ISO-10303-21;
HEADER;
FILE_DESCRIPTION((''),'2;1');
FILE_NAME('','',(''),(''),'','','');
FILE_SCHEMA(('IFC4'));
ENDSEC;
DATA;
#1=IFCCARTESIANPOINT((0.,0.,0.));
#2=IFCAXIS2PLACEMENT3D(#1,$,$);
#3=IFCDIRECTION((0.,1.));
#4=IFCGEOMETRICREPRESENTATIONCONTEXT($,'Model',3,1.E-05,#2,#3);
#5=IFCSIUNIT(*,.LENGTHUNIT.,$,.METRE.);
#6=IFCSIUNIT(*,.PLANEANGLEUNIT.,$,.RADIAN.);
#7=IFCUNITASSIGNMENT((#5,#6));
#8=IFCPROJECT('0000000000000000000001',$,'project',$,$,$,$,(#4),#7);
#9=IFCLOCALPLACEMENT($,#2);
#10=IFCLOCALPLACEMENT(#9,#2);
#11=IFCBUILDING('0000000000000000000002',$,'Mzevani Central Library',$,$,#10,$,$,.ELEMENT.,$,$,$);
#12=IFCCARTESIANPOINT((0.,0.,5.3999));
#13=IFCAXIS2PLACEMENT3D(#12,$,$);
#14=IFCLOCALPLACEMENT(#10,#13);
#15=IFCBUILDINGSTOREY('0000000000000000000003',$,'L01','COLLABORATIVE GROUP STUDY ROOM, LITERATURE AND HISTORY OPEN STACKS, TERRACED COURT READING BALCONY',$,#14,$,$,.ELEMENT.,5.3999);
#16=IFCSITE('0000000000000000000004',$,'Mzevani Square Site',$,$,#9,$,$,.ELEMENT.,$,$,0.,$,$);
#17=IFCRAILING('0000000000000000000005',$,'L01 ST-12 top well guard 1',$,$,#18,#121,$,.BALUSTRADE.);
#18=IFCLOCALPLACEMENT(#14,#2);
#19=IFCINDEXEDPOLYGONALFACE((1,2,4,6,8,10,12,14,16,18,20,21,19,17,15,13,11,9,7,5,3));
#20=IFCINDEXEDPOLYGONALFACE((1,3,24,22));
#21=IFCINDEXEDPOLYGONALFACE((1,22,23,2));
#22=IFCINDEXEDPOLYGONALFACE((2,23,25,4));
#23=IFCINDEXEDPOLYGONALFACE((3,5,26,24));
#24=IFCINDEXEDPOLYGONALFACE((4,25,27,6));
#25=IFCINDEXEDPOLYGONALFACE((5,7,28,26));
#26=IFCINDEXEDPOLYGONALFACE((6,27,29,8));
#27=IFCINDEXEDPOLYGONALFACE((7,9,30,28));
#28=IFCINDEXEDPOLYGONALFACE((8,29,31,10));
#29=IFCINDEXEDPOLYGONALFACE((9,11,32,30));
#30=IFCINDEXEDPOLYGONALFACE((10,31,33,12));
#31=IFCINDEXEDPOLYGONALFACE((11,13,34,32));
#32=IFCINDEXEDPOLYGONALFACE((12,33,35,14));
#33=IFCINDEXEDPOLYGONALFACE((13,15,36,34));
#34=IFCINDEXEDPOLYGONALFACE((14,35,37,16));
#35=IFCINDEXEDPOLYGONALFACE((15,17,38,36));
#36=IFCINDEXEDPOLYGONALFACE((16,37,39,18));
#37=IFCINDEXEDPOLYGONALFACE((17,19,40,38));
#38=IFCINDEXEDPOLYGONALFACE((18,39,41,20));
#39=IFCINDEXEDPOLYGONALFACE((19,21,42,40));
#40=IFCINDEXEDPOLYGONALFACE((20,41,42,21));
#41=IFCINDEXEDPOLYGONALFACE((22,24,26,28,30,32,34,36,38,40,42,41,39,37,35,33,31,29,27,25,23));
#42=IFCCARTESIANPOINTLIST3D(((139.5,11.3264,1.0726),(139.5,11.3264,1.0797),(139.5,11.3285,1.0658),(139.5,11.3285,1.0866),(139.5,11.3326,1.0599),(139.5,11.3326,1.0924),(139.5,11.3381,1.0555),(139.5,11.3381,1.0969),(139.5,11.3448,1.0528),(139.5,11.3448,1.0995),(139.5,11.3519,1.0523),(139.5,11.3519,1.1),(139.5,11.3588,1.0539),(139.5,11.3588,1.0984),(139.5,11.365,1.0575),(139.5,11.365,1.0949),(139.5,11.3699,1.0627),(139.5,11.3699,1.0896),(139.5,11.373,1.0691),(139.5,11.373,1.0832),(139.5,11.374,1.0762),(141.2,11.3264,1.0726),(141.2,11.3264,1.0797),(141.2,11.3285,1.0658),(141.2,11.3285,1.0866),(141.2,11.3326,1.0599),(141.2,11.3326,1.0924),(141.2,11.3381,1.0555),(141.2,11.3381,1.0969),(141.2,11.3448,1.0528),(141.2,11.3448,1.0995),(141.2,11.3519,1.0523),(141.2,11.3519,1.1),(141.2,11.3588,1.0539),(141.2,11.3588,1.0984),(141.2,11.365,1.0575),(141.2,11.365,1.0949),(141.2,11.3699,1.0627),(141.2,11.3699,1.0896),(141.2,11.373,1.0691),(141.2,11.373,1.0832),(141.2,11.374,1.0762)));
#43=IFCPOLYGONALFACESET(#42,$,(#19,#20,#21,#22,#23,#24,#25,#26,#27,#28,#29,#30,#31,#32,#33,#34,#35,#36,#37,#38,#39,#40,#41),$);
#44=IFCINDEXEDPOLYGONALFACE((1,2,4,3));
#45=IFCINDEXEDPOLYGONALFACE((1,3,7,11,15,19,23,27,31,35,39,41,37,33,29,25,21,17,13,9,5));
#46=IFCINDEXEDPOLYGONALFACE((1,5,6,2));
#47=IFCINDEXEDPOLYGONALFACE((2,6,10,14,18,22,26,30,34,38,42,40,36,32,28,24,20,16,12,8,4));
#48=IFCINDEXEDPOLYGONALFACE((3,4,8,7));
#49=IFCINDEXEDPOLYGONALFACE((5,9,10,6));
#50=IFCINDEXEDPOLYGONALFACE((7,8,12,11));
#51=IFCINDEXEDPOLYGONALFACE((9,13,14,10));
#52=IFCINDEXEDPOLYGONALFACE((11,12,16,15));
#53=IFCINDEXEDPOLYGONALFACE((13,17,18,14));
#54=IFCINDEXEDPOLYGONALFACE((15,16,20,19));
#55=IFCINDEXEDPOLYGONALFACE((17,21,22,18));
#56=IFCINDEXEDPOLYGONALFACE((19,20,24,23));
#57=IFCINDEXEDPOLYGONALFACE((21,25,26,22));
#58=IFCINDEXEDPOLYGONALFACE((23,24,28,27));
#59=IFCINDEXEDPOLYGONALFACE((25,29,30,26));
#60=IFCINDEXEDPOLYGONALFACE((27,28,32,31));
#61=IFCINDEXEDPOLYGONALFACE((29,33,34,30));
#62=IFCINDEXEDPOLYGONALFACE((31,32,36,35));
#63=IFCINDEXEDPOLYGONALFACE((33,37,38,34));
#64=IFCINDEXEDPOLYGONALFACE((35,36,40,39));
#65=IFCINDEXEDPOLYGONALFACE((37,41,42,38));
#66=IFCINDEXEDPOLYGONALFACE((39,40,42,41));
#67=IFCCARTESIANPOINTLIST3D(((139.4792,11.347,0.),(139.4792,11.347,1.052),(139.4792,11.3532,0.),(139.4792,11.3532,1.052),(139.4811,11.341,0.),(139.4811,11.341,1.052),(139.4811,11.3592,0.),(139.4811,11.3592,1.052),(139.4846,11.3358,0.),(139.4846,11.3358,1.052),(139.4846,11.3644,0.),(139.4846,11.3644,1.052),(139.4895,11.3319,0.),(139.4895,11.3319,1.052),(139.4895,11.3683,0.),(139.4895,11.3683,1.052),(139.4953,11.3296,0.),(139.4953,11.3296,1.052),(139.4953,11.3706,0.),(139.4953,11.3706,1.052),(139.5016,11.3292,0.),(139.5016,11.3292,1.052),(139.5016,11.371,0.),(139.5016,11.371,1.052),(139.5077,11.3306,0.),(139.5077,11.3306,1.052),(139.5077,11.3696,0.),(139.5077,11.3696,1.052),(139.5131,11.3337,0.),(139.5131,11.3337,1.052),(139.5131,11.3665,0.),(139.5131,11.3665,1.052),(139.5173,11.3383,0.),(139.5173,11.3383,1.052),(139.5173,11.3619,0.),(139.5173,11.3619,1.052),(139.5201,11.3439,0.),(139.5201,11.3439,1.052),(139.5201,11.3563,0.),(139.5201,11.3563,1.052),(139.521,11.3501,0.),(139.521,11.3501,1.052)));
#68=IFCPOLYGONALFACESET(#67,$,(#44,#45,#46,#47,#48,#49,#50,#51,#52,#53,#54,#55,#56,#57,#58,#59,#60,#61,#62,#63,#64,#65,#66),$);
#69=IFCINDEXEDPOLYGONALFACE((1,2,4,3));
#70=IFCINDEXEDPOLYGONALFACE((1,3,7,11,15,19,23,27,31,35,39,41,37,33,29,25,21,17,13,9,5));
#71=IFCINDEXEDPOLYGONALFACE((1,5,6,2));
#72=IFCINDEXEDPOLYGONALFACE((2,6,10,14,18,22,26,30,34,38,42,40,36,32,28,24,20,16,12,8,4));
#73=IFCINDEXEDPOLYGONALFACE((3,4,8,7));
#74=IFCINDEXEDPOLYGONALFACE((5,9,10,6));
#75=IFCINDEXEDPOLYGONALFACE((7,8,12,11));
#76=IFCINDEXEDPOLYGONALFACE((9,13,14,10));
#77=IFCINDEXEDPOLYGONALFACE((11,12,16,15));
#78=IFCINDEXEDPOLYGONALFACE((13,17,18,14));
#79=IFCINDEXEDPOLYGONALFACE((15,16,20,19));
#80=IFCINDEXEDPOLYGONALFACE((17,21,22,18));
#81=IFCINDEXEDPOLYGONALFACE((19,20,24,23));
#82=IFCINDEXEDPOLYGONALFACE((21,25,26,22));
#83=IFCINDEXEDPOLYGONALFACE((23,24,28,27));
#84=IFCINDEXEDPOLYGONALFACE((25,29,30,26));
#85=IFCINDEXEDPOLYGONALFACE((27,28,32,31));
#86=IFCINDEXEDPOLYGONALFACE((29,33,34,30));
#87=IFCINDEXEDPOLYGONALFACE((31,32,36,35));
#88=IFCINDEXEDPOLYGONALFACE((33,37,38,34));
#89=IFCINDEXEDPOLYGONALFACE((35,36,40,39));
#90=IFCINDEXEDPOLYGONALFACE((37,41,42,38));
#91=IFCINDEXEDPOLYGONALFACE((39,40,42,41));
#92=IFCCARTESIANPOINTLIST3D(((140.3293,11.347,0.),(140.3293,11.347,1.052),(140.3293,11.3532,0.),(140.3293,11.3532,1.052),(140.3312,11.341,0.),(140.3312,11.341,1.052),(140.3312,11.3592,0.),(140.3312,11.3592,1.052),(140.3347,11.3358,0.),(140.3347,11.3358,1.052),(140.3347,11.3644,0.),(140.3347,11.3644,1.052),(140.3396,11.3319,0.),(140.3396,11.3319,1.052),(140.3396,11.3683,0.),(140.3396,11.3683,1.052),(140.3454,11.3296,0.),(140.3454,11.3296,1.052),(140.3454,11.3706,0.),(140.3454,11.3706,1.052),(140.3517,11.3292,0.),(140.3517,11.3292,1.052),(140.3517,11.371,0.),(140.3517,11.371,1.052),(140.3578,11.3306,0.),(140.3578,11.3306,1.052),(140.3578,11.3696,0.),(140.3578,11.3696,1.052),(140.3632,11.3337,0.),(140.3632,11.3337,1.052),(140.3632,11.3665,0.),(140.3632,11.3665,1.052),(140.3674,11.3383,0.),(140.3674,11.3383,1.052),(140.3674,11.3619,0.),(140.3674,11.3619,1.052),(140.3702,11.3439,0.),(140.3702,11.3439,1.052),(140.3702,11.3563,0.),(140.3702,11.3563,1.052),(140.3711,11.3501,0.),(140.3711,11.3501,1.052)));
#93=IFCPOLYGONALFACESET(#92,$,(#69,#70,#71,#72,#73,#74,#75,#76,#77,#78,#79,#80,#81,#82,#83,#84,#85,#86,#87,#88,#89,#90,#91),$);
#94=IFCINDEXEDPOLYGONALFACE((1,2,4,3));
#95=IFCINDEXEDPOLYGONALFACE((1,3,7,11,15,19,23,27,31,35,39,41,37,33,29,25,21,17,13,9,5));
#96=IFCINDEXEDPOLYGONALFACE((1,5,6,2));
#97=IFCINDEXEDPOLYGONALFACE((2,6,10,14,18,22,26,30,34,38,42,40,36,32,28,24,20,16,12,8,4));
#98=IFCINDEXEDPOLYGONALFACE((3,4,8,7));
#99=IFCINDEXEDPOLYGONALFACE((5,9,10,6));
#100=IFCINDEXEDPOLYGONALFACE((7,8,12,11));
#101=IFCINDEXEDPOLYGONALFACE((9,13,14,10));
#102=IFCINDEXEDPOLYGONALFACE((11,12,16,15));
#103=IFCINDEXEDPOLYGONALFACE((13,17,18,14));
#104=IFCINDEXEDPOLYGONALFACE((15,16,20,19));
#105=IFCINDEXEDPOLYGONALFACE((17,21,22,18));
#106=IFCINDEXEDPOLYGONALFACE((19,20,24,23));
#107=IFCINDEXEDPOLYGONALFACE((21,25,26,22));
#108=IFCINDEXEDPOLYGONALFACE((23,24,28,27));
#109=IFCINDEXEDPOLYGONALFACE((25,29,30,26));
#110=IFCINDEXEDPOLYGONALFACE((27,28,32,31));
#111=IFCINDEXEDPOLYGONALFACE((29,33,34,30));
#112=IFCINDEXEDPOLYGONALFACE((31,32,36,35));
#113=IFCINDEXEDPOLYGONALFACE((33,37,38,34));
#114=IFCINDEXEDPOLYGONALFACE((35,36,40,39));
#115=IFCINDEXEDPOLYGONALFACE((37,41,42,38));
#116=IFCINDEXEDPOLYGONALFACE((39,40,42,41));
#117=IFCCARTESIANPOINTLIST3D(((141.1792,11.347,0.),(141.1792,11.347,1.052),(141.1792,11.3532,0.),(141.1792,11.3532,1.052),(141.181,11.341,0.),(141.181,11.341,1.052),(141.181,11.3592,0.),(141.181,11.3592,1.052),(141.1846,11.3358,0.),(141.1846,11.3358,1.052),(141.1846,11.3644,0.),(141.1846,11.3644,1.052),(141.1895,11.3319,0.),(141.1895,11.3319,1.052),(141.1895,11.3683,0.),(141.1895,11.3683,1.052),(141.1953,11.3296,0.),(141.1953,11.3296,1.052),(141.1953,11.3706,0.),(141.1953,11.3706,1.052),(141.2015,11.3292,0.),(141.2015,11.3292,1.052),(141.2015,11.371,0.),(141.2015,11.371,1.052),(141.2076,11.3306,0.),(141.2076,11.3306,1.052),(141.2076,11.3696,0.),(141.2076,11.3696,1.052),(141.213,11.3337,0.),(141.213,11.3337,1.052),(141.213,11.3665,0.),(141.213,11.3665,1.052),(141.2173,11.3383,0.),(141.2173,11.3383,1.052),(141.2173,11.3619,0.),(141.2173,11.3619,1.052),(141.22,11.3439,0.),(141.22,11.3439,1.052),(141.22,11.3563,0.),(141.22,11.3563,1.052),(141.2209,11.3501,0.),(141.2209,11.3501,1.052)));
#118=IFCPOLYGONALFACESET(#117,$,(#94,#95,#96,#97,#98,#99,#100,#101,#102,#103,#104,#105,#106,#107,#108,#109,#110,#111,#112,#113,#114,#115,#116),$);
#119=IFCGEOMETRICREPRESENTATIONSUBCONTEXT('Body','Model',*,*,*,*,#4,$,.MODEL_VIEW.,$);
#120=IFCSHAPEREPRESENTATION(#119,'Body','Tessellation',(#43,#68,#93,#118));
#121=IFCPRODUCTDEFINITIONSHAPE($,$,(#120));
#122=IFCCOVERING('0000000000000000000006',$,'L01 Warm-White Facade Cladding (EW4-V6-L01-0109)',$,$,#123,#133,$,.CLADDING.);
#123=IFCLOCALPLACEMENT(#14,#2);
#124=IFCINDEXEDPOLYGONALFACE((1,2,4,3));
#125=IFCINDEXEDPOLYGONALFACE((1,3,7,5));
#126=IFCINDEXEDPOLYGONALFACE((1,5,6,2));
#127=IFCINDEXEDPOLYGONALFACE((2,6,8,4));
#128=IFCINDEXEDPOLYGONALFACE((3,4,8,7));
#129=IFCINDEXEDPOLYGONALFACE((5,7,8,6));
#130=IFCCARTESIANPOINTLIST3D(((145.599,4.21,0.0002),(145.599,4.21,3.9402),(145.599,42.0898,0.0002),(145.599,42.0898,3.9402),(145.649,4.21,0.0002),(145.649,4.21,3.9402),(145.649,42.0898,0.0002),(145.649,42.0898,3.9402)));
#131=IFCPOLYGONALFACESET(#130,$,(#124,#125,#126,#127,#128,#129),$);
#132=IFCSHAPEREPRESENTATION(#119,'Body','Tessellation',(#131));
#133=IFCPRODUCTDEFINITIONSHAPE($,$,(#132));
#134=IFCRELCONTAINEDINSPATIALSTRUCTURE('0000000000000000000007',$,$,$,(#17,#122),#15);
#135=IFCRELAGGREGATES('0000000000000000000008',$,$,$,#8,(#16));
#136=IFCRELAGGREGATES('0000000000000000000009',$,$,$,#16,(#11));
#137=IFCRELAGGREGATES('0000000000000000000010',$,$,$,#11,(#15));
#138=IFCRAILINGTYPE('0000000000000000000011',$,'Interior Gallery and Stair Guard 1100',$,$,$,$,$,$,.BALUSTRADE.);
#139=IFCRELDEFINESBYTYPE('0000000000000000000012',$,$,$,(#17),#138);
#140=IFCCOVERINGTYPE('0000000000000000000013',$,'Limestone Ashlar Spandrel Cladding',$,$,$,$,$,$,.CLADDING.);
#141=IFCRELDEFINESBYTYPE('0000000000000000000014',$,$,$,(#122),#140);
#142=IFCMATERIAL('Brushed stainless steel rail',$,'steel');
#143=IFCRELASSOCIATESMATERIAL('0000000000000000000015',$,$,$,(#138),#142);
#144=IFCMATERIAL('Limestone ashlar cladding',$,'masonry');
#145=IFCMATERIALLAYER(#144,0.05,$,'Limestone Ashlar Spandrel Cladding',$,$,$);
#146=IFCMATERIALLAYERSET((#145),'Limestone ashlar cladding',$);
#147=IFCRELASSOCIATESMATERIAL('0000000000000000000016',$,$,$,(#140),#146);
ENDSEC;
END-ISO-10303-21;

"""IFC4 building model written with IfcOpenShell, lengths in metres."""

from ifc_helpers import new_model, si_unit, direction, frame, origin, origin_2d, place, context, subcontext, project, spatial, rectangle, circle, extrude, material, layer, layer_set, type_object, element, save


model = new_model("IFC4")

# Units and contexts
model_context = context("Model", 3, precision=1e-05, world=origin(), true_north=direction((0.0, 1.0)))
body_context = subcontext(model_context, "Body", "Model", "MODEL_VIEW")
ifc_project = project(units=[si_unit("LENGTHUNIT", "METRE"), si_unit("PLANEANGLEUNIT", "RADIAN")], contexts=[model_context])

# Site, building, storey
site_placement = place(None, origin())
site = spatial("IfcSite", under=ifc_project, at=site_placement, Name="Mzevani Square Site", CompositionType="ELEMENT", RefElevation=0.0)
building_placement = place(site_placement, origin())
building = spatial("IfcBuilding", under=site, at=building_placement, Name="Mzevani Central Library", CompositionType="ELEMENT")
storey_placement = place(building_placement, frame((0.0, 0.0, 5.3999)))
storey = spatial("IfcBuildingStorey", under=building, at=storey_placement, Name="L01", Description="COLLABORATIVE GROUP STUDY ROOM, LITERATURE AND HISTORY OPEN STACKS, TERRACED COURT READING BALCONY", CompositionType="ELEMENT", Elevation=5.3999)

# Railing
ifc_material_1 = material(Name="Brushed stainless steel rail", Category="steel")
railing_type = type_object("IfcRailingType", Name="Interior Gallery and Stair Guard 1100", PredefinedType="BALUSTRADE", material=ifc_material_1)
railing_placement = place(storey_placement, frame((139.5, 11.3501, 0.0)))
element("IfcRailing", 1, at=railing_placement, inside=storey, type_object=railing_type, Name="L01 ST-12 top well guard 1", PredefinedType="BALUSTRADE", context=body_context, shape_type="SweptSolid", body=[
    extrude(circle(Radius=0.0239, at=origin_2d()), frame((0.0, 0.0, 1.0762), z_axis=(1.0, 0.0, 0.0), x_axis=(0.0, 1.0, 0.0)), (0.0, 0.0, 1.0), 1.7),
    extrude(circle(Radius=0.021, at=origin_2d()), origin(), (0.0, 0.0, 1.0), 1.052),
    extrude(circle(Radius=0.021, at=origin_2d()), frame((0.8501, 0.0, 0.0)), (0.0, 0.0, 1.0), 1.052),
    extrude(circle(Radius=0.021, at=origin_2d()), frame((1.7, 0.0, 0.0)), (0.0, 0.0, 1.0), 1.052),
])

# Covering
ifc_material_2 = material(Name="Limestone ashlar cladding", Category="masonry")
ifc_layer_1 = layer(ifc_material_2, 0.05, Name="Limestone Ashlar Spandrel Cladding")
ifc_layer_set_1 = layer_set([ifc_layer_1], Name="Limestone ashlar cladding")
covering_type = type_object("IfcCoveringType", Name="Limestone Ashlar Spandrel Cladding", PredefinedType="CLADDING", material=ifc_layer_set_1)
covering_placement = place(storey_placement, frame((145.624, 23.1499, 0.0002), z_axis=(0.0, 0.0, 1.0), x_axis=(0.0, -1.0, 0.0)))
element("IfcCovering", 2, at=covering_placement, inside=storey, type_object=covering_type, Name="L01 Warm-White Facade Cladding (EW4-V6-L01-0109)", PredefinedType="CLADDING", context=body_context, shape_type="SweptSolid", body=[
    extrude(rectangle(XDim=37.8799, YDim=0.05, at=origin_2d()), origin(), (0.0, 0.0, 1.0), 3.9399),
])

save(model, "model.ifc")
